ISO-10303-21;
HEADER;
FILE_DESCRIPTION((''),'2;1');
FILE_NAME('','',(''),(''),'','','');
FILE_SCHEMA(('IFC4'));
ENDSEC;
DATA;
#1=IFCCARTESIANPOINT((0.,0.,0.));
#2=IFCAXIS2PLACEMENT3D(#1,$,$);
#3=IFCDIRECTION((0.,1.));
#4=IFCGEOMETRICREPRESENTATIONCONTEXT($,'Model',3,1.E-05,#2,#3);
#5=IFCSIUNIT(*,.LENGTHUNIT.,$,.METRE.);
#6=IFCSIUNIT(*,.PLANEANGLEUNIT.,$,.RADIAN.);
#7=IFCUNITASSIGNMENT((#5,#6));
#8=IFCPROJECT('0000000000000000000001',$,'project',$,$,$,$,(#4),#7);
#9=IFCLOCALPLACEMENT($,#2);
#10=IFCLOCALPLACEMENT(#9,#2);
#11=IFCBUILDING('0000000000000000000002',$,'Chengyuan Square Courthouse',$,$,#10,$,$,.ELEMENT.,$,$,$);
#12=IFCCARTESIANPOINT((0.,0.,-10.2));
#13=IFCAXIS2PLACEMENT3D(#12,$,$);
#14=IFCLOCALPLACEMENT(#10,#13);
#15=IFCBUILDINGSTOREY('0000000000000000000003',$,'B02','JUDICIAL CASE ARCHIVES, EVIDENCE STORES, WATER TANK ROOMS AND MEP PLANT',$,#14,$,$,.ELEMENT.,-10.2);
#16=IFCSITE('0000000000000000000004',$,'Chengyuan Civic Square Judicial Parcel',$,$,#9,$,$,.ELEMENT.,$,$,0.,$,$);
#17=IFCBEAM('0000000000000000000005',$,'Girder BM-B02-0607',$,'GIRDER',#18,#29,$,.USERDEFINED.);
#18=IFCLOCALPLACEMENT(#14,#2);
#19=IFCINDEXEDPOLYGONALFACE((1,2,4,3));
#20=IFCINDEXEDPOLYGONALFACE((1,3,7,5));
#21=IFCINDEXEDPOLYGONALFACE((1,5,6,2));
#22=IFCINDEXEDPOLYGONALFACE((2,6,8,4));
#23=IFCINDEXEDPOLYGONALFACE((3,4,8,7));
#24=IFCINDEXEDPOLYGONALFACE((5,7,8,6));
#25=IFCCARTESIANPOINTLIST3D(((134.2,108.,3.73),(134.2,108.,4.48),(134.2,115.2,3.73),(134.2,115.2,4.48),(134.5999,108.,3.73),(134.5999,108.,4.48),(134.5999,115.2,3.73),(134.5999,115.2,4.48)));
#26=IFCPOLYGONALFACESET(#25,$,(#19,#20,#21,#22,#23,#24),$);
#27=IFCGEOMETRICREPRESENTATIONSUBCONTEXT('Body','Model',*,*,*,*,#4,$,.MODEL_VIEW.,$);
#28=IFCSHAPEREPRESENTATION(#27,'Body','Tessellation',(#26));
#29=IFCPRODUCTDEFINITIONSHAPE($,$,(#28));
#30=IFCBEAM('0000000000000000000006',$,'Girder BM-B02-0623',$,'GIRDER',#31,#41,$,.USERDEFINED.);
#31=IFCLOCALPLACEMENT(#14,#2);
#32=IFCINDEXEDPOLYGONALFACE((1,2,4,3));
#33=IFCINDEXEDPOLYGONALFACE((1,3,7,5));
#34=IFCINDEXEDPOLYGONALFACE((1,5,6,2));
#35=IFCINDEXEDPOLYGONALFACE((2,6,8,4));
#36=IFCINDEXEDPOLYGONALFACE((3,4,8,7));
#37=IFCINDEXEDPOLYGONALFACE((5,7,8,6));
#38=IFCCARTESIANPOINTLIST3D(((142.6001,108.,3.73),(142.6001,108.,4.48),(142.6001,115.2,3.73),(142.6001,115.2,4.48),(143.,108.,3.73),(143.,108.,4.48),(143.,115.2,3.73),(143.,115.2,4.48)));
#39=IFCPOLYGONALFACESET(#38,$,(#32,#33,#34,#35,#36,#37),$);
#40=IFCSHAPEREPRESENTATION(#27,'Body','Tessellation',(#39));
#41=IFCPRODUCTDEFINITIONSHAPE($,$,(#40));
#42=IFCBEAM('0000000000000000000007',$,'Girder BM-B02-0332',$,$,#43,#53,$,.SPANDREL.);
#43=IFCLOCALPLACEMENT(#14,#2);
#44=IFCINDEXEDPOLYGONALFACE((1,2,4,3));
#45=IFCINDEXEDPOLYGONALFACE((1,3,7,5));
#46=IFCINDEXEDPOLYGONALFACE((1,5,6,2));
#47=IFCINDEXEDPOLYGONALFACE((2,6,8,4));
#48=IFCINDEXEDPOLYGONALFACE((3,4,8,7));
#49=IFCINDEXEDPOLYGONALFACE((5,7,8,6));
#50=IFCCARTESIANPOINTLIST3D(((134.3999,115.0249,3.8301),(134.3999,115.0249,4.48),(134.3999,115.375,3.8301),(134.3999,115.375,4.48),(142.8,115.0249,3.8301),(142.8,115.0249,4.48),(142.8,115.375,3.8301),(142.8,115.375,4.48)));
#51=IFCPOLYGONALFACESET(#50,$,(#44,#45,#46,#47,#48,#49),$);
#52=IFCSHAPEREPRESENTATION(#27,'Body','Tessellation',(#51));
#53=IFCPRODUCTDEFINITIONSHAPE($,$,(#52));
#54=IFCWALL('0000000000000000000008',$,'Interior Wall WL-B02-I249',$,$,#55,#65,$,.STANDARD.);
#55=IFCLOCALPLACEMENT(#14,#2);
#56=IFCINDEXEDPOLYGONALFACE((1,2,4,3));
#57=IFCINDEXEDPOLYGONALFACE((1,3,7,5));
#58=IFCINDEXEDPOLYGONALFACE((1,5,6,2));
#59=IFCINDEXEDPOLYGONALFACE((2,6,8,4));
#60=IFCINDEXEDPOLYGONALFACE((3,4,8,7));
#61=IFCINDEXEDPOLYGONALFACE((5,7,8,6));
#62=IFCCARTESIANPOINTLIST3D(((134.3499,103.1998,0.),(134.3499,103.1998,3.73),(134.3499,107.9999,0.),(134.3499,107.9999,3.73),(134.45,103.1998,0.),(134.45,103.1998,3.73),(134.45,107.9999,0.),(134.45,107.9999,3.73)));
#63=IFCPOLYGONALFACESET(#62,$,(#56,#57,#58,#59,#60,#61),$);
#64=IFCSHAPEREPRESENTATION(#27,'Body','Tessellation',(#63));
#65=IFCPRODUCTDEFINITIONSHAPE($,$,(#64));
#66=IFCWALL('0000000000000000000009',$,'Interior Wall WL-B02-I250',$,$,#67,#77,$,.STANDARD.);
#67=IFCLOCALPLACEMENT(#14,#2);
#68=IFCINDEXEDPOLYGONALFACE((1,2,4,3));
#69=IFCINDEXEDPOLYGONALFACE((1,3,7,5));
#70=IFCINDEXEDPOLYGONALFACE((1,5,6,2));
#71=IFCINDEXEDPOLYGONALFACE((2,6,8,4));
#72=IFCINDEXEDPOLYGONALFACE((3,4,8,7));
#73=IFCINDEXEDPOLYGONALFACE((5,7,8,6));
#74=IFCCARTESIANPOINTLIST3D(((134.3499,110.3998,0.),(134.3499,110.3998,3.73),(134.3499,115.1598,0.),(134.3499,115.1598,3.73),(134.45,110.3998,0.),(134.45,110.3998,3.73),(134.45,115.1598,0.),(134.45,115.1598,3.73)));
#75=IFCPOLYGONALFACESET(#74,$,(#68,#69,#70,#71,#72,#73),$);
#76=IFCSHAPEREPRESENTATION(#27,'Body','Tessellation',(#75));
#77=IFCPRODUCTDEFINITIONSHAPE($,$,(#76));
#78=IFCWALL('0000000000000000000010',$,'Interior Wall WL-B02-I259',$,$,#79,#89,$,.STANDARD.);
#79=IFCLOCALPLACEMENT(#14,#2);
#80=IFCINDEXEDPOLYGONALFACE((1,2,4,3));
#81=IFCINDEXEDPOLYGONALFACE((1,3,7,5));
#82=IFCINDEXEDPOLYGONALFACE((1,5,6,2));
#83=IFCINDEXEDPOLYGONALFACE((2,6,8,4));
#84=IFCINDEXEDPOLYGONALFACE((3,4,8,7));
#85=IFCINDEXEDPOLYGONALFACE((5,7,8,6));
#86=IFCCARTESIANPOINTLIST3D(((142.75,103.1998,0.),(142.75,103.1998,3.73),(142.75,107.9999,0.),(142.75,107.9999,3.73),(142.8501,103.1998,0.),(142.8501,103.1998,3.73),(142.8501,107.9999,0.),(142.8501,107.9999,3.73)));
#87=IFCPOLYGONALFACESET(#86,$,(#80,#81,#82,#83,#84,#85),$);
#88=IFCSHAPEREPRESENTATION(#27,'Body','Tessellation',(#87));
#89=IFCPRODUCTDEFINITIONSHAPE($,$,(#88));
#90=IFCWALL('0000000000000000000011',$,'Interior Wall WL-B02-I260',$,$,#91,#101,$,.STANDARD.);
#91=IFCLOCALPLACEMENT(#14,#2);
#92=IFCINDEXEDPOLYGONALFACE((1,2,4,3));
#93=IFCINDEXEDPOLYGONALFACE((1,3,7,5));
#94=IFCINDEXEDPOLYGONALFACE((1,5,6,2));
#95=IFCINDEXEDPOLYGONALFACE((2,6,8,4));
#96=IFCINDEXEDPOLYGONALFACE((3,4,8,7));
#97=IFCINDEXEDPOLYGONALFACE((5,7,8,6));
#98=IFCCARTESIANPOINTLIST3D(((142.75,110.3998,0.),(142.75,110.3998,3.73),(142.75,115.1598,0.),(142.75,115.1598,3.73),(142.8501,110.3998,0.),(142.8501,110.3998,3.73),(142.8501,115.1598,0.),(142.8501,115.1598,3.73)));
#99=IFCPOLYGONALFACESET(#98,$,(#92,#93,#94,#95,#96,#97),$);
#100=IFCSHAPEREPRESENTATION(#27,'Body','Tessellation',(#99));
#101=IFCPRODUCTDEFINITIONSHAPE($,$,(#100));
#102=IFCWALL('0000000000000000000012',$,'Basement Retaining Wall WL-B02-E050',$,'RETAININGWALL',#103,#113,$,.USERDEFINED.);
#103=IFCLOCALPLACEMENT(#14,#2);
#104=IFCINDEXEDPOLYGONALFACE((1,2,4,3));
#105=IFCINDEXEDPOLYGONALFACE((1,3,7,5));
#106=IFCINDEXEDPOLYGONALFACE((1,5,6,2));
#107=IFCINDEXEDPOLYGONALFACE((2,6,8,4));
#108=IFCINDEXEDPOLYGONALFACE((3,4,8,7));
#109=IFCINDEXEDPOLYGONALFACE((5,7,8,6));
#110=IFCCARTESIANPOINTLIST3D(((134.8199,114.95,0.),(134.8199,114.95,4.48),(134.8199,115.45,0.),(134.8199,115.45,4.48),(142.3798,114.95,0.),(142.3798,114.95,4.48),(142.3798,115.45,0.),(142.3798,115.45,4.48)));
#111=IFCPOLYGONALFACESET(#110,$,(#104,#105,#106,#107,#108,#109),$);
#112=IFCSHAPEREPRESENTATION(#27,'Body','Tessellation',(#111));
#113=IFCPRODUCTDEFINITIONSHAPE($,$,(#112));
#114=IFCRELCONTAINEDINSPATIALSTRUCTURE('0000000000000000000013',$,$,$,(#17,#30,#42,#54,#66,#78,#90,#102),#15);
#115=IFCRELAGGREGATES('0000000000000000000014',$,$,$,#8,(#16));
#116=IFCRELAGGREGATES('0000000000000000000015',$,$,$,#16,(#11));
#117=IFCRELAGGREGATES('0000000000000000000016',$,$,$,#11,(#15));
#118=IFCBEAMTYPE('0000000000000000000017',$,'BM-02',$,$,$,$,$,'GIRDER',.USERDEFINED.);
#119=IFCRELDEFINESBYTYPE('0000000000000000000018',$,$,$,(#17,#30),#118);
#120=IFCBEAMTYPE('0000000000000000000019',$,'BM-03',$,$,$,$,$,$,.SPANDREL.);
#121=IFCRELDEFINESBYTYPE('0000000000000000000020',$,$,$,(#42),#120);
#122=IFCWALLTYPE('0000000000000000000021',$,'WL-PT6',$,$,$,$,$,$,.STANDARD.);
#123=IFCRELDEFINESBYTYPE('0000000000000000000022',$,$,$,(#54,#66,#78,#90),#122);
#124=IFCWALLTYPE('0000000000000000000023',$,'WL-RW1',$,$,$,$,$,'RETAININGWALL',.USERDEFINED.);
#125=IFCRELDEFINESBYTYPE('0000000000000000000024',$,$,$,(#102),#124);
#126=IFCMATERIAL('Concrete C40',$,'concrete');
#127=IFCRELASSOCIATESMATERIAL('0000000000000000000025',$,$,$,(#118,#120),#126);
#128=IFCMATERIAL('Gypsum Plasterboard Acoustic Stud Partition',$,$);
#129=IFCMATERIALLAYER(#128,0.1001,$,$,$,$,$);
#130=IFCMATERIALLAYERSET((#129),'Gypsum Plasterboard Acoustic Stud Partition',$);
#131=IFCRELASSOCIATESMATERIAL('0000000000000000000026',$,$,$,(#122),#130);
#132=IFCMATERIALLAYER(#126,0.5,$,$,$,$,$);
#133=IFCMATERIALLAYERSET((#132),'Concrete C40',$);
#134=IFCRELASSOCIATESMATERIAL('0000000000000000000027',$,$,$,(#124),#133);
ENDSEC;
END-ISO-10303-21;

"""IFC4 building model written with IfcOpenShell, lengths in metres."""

from ifc_helpers import new_model, si_unit, direction, frame, frame_2d, origin, origin_2d, place, context, subcontext, project, spatial, rectangle, extrude, material, layer, layer_set, material_profile, profile_set, type_object, element, save


model = new_model("IFC4")

# Units and contexts
model_context = context("Model", 3, precision=1e-05, world=origin(), true_north=direction((0.0, 1.0)))
body_context = subcontext(model_context, "Body", "Model", "MODEL_VIEW")
ifc_project = project(units=[si_unit("LENGTHUNIT", "METRE"), si_unit("PLANEANGLEUNIT", "RADIAN")], contexts=[model_context])

# Site, building, storey
site_placement = place(None, origin())
site = spatial("IfcSite", under=ifc_project, at=site_placement, Name="Chengyuan Civic Square Judicial Parcel", CompositionType="ELEMENT", RefElevation=0.0)
building_placement = place(site_placement, origin())
building = spatial("IfcBuilding", under=site, at=building_placement, Name="Chengyuan Square Courthouse", CompositionType="ELEMENT")
storey_placement = place(building_placement, frame((0.0, 0.0, -10.2)))
storey = spatial("IfcBuildingStorey", under=building, at=storey_placement, Name="B02", Description="JUDICIAL CASE ARCHIVES, EVIDENCE STORES, WATER TANK ROOMS AND MEP PLANT", CompositionType="ELEMENT", Elevation=-10.2)

# Shared definitions
ifc_material_1 = material(Name="Concrete C40", Category="concrete")

# Beams
ifc_material_profile_1 = material_profile(ifc_material_1, rectangle(XDim=0.3999, YDim=0.75, at=origin_2d()), Name="RC-BM-400x750")
ifc_profile_set_1 = profile_set([ifc_material_profile_1], Name="Concrete C40")
beam_type_1 = type_object("IfcBeamType", Name="BM-02", ElementType="GIRDER", PredefinedType="USERDEFINED", material=ifc_profile_set_1)
for number, where, z_axis, x_axis, name in (
    (1, (134.3999, 108.0, 4.105), (0.0, 1.0, 0.0), (-1.0, 0.0, 0.0), "Girder BM-B02-0607"),
    (2, (142.8, 108.0, 4.105), (0.0, 1.0, 0.0), (-1.0, 0.0, 0.0), "Girder BM-B02-0623"),
):
    element("IfcBeam", number, at=place(storey_placement, frame(where, z_axis=z_axis, x_axis=x_axis)), inside=storey, type_object=beam_type_1, Name=name, ObjectType="GIRDER", PredefinedType="USERDEFINED", context=body_context, shape_type="SweptSolid", body=[
        extrude(rectangle(XDim=0.3999, YDim=0.75, at=origin_2d()), origin(), (0.0, 0.0, 1.0), 7.2),
    ])
ifc_material_profile_2 = material_profile(ifc_material_1, rectangle(XDim=0.3501, YDim=0.6499, at=origin_2d()), Name="RC-BM-350x650")
ifc_profile_set_2 = profile_set([ifc_material_profile_2], Name="Concrete C40")
beam_type_2 = type_object("IfcBeamType", Name="BM-03", PredefinedType="SPANDREL", material=ifc_profile_set_2)
beam_1_placement = place(storey_placement, frame((134.3999, 115.2, 4.155), z_axis=(1.0, 0.0, 0.0), x_axis=(0.0, 1.0, 0.0)))
element("IfcBeam", 3, at=beam_1_placement, inside=storey, type_object=beam_type_2, Name="Girder BM-B02-0332", PredefinedType="SPANDREL", context=body_context, shape_type="SweptSolid", body=[
    extrude(rectangle(XDim=0.3501, YDim=0.6499, at=origin_2d()), origin(), (0.0, 0.0, 1.0), 8.4001),
])

# Walls
ifc_material_2 = material(Name="Gypsum Plasterboard Acoustic Stud Partition")
ifc_layer_1 = layer(ifc_material_2, 0.1001)
ifc_layer_set_1 = layer_set([ifc_layer_1], Name="Gypsum Plasterboard Acoustic Stud Partition")
wall_type_1 = type_object("IfcWallType", Name="WL-PT6", PredefinedType="STANDARD", material=ifc_layer_set_1)
wall_1_placement = place(storey_placement, frame((134.3999, 103.2, 0.0), z_axis=(0.0, 0.0, 1.0), x_axis=(0.0, 1.0, 0.0)))
element("IfcWall", 4, at=wall_1_placement, inside=storey, type_object=wall_type_1, Name="Interior Wall WL-B02-I249", PredefinedType="STANDARD", context=body_context, shape_type="SweptSolid", body=[
    extrude(rectangle(XDim=4.8, YDim=0.1001, at=frame_2d((2.3999, 0.0))), origin(), (0.0, 0.0, 1.0), 3.73),
])
wall_2_placement = place(storey_placement, frame((134.3999, 110.3999, 0.0), z_axis=(0.0, 0.0, 1.0), x_axis=(0.0, 1.0, 0.0)))
element("IfcWall", 5, at=wall_2_placement, inside=storey, type_object=wall_type_1, Name="Interior Wall WL-B02-I250", PredefinedType="STANDARD", context=body_context, shape_type="SweptSolid", body=[
    extrude(rectangle(XDim=4.76, YDim=0.1001, at=frame_2d((2.3799, 0.0))), origin(), (0.0, 0.0, 1.0), 3.73),
])
wall_3_placement = place(storey_placement, frame((142.8, 103.2, 0.0), z_axis=(0.0, 0.0, 1.0), x_axis=(0.0, 1.0, 0.0)))
element("IfcWall", 6, at=wall_3_placement, inside=storey, type_object=wall_type_1, Name="Interior Wall WL-B02-I259", PredefinedType="STANDARD", context=body_context, shape_type="SweptSolid", body=[
    extrude(rectangle(XDim=4.8, YDim=0.1001, at=frame_2d((2.3999, 0.0))), origin(), (0.0, 0.0, 1.0), 3.73),
])
wall_4_placement = place(storey_placement, frame((142.8, 110.3999, 0.0), z_axis=(0.0, 0.0, 1.0), x_axis=(0.0, 1.0, 0.0)))
element("IfcWall", 7, at=wall_4_placement, inside=storey, type_object=wall_type_1, Name="Interior Wall WL-B02-I260", PredefinedType="STANDARD", context=body_context, shape_type="SweptSolid", body=[
    extrude(rectangle(XDim=4.76, YDim=0.1001, at=frame_2d((2.3799, 0.0))), origin(), (0.0, 0.0, 1.0), 3.73),
])
ifc_layer_2 = layer(ifc_material_1, 0.5)
ifc_layer_set_2 = layer_set([ifc_layer_2], Name="Concrete C40")
wall_type_2 = type_object("IfcWallType", Name="WL-RW1", ElementType="RETAININGWALL", PredefinedType="USERDEFINED", material=ifc_layer_set_2)
wall_5_placement = place(storey_placement, frame((134.8201, 115.2, 0.0), z_axis=(0.0, 0.0, 1.0), x_axis=(1.0, 0.0, 0.0)))
element("IfcWall", 8, at=wall_5_placement, inside=storey, type_object=wall_type_2, Name="Basement Retaining Wall WL-B02-E050", ObjectType="RETAININGWALL", PredefinedType="USERDEFINED", context=body_context, shape_type="SweptSolid", body=[
    extrude(rectangle(XDim=7.5598, YDim=0.5, at=frame_2d((3.7798, 0.0))), origin(), (0.0, 0.0, 1.0), 4.48),
])

save(model, "model.ifc")
